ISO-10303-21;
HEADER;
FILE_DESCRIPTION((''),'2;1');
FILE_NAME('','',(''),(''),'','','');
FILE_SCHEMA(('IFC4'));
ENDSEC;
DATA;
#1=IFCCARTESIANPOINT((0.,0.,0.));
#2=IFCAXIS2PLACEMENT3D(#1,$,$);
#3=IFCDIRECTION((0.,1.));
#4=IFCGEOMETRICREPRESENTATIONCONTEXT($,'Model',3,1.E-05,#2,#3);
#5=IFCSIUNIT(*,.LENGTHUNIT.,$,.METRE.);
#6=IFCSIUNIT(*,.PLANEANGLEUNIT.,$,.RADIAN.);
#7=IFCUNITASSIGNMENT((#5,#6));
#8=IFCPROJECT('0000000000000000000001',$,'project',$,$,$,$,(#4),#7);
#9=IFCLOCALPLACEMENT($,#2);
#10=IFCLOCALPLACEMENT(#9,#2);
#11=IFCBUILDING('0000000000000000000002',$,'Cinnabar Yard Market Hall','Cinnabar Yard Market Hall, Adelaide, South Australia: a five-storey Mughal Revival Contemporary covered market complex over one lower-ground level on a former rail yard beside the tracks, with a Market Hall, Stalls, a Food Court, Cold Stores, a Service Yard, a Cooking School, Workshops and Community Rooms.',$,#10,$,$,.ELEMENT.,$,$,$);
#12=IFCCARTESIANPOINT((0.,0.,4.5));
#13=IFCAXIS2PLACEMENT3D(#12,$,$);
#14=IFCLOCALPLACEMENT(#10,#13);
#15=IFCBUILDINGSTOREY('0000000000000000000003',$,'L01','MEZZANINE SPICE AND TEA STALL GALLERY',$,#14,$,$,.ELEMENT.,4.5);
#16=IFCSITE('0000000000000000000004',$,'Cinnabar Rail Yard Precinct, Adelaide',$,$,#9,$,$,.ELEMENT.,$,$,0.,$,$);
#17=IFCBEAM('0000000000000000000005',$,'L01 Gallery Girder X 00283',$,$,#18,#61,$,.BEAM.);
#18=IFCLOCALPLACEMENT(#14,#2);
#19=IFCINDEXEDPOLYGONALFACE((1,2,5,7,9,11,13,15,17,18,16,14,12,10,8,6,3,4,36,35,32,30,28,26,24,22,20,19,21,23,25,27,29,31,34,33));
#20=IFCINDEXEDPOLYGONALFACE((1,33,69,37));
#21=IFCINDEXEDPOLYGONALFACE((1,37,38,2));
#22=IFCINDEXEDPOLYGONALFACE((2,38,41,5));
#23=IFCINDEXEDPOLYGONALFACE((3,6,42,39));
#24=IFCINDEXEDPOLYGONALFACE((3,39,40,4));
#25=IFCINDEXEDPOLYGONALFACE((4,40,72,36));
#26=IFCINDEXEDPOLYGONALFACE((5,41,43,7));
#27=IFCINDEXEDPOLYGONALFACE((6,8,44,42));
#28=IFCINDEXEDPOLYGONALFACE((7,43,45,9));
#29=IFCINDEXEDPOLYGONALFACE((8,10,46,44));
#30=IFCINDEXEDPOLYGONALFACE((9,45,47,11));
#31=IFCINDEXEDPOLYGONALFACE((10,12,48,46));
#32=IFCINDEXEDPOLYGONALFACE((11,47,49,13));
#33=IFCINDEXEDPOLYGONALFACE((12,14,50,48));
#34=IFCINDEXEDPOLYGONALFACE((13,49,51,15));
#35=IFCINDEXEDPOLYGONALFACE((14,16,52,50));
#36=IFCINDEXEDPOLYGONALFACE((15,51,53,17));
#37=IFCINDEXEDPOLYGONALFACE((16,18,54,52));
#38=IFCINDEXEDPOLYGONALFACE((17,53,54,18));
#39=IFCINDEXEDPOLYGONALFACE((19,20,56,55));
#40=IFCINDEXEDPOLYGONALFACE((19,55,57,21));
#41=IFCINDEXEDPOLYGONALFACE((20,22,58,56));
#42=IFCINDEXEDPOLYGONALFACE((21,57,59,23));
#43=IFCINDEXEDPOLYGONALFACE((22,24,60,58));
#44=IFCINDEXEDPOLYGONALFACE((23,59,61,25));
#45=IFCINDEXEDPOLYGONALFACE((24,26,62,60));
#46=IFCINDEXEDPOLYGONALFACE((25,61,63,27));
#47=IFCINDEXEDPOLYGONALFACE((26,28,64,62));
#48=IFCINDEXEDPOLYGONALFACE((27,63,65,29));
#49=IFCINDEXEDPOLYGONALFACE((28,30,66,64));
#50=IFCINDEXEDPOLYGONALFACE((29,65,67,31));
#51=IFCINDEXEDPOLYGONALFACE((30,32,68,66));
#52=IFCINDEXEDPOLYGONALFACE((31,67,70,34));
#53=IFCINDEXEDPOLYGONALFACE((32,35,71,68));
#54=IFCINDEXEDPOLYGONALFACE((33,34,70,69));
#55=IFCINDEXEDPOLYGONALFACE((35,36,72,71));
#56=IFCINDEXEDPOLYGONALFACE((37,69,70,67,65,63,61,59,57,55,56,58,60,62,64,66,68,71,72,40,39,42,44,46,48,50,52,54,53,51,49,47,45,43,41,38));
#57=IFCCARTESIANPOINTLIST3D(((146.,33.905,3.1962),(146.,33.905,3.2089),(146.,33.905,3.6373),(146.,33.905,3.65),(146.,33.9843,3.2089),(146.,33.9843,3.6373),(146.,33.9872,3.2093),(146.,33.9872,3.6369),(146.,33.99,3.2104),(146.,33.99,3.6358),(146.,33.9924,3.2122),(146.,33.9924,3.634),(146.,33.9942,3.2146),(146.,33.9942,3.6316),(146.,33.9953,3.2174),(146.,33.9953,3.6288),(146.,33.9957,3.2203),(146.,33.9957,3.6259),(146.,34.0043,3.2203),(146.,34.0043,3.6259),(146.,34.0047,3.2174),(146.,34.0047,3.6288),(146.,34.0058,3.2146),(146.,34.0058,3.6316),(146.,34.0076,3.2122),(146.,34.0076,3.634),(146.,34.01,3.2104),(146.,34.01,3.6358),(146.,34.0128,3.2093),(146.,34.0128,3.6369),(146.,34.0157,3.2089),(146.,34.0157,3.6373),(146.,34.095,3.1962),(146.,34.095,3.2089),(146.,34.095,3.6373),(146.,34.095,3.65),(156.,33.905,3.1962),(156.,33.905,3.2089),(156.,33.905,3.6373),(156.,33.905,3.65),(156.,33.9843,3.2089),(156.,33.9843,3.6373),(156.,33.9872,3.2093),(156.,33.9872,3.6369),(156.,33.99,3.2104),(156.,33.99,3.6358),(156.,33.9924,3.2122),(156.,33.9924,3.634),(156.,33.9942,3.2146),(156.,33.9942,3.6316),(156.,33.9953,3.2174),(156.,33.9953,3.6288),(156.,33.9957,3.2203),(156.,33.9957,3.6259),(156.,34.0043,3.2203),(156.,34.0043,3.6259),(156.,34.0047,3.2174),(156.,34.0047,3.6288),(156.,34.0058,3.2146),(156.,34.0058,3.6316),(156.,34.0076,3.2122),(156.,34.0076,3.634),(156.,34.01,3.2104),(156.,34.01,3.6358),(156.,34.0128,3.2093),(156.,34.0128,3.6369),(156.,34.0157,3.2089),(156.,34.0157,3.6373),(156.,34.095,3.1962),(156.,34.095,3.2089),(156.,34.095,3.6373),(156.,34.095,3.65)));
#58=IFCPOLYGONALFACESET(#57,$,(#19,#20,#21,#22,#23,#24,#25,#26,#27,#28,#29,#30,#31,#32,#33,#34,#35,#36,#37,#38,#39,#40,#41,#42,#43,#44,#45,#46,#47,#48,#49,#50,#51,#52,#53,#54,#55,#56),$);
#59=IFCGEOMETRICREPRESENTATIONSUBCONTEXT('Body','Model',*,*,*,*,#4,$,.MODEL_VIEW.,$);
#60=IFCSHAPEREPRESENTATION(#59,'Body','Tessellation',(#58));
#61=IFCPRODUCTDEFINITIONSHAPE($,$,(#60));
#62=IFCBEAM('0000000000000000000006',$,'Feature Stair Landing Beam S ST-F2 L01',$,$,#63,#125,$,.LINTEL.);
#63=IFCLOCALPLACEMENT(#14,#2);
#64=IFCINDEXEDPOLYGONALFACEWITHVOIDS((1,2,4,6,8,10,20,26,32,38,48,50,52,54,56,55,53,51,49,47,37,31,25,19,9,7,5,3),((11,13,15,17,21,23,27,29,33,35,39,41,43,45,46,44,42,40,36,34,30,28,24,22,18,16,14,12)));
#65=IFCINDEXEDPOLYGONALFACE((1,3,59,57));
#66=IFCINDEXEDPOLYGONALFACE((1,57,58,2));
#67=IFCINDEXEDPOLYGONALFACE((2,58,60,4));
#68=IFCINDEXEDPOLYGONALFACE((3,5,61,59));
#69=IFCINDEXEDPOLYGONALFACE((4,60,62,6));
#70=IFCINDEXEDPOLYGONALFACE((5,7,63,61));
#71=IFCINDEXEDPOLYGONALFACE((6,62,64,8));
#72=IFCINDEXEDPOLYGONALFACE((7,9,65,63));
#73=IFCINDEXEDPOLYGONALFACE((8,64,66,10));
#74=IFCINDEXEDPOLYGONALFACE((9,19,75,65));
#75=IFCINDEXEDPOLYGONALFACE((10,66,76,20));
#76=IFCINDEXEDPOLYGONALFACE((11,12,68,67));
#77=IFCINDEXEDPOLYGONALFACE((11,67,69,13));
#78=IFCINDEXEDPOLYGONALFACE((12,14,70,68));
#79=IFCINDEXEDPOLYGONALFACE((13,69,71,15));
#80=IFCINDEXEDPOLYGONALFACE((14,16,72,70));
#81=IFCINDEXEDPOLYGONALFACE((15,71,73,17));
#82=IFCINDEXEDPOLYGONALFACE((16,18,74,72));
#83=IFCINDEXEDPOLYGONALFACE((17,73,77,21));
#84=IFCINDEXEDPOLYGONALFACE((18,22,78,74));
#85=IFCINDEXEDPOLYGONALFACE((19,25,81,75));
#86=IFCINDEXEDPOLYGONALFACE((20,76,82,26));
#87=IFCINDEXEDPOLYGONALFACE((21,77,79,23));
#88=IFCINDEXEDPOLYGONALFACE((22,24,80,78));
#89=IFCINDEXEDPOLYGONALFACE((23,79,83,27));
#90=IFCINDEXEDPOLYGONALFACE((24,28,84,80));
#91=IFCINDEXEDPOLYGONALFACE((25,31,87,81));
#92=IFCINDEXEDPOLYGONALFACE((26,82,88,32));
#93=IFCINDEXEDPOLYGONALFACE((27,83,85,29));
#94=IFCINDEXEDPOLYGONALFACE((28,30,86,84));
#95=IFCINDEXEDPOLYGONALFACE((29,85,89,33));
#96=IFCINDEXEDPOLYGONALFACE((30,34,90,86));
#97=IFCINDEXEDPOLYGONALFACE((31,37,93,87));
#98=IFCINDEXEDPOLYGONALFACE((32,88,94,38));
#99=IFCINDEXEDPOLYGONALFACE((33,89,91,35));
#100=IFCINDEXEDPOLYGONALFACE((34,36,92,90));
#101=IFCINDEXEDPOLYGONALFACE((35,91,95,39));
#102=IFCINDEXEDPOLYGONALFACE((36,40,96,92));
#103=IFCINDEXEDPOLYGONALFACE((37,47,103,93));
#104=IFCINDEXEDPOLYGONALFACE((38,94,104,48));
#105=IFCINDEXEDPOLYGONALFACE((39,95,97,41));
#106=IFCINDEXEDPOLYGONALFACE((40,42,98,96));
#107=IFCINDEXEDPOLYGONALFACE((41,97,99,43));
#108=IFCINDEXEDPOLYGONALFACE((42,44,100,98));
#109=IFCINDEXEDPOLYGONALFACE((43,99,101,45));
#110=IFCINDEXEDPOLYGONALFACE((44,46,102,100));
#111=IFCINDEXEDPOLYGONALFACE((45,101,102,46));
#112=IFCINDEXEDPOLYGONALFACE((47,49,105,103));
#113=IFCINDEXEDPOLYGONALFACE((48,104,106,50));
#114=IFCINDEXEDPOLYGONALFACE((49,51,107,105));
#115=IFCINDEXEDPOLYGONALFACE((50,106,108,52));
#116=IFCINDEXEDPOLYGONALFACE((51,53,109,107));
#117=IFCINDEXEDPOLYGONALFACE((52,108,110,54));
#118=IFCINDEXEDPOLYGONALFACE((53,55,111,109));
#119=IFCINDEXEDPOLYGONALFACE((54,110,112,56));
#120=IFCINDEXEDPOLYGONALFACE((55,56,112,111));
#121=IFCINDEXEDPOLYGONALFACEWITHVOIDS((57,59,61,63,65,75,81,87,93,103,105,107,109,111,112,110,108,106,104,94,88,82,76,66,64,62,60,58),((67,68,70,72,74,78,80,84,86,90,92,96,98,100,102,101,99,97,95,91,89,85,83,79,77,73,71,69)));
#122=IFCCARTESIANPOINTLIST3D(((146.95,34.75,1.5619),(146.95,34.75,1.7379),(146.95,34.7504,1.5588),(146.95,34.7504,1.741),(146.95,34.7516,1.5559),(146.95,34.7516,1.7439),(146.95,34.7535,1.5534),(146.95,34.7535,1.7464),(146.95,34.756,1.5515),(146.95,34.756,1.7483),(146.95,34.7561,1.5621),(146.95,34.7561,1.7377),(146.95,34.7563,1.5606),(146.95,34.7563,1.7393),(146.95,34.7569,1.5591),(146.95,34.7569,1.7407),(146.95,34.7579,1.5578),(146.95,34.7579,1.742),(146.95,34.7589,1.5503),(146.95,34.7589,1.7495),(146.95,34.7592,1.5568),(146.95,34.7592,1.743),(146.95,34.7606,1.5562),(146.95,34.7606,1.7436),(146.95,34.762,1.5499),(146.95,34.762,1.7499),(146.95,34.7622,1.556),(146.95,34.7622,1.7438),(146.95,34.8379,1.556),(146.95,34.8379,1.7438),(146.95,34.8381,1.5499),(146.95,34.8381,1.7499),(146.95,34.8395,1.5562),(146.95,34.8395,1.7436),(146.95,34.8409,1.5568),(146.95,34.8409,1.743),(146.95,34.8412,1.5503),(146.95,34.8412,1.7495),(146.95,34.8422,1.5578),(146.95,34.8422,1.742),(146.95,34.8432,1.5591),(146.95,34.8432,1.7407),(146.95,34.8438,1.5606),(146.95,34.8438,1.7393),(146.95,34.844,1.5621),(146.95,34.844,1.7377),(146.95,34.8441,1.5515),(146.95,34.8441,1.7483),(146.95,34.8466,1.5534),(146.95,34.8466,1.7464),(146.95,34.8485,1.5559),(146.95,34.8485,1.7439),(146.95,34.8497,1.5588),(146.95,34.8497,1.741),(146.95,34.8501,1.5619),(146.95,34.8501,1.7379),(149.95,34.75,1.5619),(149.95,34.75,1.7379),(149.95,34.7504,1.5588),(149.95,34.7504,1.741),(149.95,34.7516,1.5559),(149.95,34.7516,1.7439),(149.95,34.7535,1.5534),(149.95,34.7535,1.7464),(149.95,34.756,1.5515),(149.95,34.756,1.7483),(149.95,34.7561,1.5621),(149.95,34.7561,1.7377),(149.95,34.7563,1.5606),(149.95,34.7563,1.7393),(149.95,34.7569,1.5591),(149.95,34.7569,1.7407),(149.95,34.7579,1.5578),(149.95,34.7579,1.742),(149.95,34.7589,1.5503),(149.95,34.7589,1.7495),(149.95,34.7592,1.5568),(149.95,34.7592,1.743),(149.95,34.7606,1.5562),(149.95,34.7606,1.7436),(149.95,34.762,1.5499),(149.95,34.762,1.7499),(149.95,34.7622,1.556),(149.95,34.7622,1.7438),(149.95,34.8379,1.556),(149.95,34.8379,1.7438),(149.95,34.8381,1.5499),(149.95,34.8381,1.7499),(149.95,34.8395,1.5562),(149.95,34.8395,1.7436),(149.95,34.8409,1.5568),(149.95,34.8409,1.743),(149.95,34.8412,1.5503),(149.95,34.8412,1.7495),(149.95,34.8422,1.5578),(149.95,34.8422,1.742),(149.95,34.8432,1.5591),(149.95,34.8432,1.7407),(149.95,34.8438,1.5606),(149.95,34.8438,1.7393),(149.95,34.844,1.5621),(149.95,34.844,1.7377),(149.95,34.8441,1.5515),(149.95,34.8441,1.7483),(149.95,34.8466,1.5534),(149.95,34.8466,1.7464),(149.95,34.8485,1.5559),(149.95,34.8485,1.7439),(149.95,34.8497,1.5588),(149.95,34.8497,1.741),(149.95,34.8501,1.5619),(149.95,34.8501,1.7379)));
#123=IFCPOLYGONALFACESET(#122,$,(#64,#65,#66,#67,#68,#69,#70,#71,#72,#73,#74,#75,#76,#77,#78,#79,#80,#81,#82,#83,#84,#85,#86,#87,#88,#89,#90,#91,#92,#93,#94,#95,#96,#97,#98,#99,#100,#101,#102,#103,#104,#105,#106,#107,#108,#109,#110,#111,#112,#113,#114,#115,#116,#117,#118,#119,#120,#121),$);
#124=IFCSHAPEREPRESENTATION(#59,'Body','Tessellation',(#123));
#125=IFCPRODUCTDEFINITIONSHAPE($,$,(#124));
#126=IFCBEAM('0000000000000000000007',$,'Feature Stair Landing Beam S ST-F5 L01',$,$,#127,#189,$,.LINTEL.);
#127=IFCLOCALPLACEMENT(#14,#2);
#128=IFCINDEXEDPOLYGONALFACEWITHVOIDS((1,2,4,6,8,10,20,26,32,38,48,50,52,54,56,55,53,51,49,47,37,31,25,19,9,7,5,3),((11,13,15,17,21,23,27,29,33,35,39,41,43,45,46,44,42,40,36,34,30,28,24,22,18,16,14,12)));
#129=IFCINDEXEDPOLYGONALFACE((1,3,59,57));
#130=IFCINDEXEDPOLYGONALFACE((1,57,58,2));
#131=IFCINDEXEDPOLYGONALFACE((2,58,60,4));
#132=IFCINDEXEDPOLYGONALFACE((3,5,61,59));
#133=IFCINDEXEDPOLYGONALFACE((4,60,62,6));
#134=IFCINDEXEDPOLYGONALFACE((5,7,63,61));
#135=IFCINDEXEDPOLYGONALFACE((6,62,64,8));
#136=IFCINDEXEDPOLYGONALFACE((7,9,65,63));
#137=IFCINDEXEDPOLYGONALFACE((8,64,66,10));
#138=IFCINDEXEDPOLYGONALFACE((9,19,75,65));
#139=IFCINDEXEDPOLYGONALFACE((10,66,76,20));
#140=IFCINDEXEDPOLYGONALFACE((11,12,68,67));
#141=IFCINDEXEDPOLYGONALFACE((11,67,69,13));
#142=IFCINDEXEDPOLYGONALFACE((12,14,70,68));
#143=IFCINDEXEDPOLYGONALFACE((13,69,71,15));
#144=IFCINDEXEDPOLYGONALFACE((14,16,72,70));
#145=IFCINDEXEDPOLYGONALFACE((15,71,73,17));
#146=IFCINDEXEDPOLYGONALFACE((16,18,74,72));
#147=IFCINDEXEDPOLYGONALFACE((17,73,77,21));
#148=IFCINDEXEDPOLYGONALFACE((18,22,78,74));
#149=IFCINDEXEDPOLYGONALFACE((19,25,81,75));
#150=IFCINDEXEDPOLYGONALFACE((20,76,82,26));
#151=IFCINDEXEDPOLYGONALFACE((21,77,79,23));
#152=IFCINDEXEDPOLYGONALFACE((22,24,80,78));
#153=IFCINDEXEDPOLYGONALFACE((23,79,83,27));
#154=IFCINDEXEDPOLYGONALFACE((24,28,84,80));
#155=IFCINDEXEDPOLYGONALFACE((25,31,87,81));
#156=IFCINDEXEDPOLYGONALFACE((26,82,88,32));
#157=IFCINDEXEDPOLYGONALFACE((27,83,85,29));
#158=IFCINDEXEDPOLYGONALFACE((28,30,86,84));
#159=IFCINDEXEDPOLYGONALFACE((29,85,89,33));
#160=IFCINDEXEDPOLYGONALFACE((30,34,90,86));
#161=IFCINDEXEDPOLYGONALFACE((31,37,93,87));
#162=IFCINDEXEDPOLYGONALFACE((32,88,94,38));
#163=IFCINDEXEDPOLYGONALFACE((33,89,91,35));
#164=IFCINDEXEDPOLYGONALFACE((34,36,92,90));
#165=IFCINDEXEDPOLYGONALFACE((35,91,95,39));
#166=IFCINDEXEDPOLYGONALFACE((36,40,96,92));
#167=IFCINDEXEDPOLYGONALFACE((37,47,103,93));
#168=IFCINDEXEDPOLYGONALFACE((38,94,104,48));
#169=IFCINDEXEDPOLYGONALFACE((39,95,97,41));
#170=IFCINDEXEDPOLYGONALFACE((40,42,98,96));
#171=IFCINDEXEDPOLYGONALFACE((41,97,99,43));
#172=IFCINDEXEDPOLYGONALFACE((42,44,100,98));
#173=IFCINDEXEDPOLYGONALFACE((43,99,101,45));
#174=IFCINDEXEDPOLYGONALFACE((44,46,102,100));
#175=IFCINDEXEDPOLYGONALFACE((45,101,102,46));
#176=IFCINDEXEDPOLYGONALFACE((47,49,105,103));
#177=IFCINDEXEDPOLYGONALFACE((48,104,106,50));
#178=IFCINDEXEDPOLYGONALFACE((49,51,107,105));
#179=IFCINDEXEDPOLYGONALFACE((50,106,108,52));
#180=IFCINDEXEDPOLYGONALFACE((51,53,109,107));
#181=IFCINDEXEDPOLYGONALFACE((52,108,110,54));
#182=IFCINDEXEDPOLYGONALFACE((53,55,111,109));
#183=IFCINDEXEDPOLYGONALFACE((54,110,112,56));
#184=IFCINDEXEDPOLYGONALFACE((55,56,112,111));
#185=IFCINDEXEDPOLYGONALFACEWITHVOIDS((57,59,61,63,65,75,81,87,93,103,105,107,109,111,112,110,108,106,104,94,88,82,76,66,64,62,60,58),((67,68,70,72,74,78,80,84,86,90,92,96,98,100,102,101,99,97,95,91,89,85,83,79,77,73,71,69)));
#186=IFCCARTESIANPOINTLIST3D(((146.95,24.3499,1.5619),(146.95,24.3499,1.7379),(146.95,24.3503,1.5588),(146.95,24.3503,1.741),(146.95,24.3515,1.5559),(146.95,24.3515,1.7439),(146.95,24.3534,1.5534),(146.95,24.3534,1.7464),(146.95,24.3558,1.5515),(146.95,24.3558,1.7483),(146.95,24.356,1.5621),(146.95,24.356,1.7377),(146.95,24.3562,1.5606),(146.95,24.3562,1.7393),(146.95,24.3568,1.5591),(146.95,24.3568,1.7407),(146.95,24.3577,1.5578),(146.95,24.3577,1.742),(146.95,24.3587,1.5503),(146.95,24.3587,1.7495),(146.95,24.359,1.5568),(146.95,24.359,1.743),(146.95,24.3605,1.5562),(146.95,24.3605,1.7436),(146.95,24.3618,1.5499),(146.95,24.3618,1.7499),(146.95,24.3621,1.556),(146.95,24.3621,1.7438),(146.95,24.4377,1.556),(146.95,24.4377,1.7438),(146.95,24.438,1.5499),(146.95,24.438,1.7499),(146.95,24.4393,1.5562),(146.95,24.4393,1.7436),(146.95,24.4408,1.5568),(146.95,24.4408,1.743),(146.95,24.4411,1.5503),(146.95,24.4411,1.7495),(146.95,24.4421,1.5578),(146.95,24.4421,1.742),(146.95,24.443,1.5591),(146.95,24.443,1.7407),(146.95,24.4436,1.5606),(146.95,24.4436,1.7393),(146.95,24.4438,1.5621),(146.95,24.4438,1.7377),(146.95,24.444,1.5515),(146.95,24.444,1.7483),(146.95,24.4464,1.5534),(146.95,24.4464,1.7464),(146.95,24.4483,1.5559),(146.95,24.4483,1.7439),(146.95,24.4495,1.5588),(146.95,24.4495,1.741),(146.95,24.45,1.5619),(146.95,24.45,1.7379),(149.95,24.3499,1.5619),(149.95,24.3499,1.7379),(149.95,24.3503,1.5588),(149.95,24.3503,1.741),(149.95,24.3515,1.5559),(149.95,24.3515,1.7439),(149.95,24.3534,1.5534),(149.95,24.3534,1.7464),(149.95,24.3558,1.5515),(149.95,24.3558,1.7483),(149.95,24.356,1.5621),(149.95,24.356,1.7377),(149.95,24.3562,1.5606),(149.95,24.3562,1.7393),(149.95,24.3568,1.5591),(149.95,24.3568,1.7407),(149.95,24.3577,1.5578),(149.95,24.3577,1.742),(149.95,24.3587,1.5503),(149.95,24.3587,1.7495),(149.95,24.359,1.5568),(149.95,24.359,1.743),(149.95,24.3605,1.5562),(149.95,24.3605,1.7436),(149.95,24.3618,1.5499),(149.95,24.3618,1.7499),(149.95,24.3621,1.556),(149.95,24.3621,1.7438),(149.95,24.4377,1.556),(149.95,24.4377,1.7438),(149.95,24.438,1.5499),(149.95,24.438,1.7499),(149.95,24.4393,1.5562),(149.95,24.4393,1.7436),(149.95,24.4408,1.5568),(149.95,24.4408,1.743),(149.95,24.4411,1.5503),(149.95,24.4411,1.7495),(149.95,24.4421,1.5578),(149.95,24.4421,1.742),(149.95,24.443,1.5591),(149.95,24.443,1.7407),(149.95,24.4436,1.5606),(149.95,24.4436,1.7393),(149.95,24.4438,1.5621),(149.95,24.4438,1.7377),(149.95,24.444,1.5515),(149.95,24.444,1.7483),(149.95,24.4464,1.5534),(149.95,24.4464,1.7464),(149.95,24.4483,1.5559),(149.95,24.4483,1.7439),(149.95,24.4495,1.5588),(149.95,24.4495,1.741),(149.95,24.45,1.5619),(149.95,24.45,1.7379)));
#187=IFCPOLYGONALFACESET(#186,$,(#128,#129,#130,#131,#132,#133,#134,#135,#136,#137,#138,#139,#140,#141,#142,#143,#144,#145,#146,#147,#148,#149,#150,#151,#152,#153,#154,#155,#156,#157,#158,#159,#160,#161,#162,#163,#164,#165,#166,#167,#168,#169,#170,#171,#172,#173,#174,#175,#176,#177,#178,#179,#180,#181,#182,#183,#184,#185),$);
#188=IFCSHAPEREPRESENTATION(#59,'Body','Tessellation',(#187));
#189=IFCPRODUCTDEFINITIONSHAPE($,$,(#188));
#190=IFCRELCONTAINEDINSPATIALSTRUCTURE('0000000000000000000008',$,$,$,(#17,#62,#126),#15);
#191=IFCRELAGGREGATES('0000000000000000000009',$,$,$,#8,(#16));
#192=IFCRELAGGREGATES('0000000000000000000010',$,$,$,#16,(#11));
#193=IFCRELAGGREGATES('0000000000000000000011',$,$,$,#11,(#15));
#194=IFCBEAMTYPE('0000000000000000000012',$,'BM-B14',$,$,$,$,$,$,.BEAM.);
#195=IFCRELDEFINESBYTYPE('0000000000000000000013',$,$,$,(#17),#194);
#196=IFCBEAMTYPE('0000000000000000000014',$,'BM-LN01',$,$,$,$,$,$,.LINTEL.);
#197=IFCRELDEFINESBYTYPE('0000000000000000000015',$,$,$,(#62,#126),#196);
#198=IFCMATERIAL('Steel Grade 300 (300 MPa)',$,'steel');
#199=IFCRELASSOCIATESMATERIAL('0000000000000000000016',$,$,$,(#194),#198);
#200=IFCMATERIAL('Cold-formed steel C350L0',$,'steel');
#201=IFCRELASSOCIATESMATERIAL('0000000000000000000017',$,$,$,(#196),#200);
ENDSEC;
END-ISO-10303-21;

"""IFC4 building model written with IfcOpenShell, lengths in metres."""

from ifc_helpers import new_model, si_unit, direction, frame, origin, origin_2d_with_axis, place, context, subcontext, project, spatial, hollow_rectangle, i_section, extrude, material, material_profile, profile_set, type_object, element, save


model = new_model("IFC4")

# Units and contexts
model_context = context("Model", 3, precision=1e-05, world=origin(), true_north=direction((0.0, 1.0)))
body_context = subcontext(model_context, "Body", "Model", "MODEL_VIEW")
ifc_project = project(units=[si_unit("LENGTHUNIT", "METRE"), si_unit("PLANEANGLEUNIT", "RADIAN")], contexts=[model_context])

# Site, building, storey
site_placement = place(None, origin())
site = spatial("IfcSite", under=ifc_project, at=site_placement, Name="Cinnabar Rail Yard Precinct, Adelaide", CompositionType="ELEMENT", RefElevation=0.0)
building_placement = place(site_placement, origin())
building = spatial("IfcBuilding", under=site, at=building_placement, Name="Cinnabar Yard Market Hall", Description="Cinnabar Yard Market Hall, Adelaide, South Australia: a five-storey Mughal Revival Contemporary covered market complex over one lower-ground level on a former rail yard beside the tracks, with a Market Hall, Stalls, a Food Court, Cold Stores, a Service Yard, a Cooking School, Workshops and Community Rooms.", CompositionType="ELEMENT")
storey_placement = place(building_placement, frame((0.0, 0.0, 4.5)))
storey = spatial("IfcBuildingStorey", under=building, at=storey_placement, Name="L01", Description="MEZZANINE SPICE AND TEA STALL GALLERY", CompositionType="ELEMENT", Elevation=4.5)

# Shared definitions
ifc_material_1 = material(Name="Cold-formed steel C350L0", Category="steel")

# Beams
ifc_material_2 = material(Name="Steel Grade 300 (300 MPa)", Category="steel")
ifc_material_profile_1 = material_profile(ifc_material_2, i_section(OverallWidth=0.1899, OverallDepth=0.4539, WebThickness=0.0085, FlangeThickness=0.0127, FilletRadius=0.0115, at=origin_2d_with_axis()), Name="460UB67.1")
ifc_profile_set_1 = profile_set([ifc_material_profile_1], Name="Steel Grade 300 (300 MPa)")
beam_type_1 = type_object("IfcBeamType", Name="BM-B14", PredefinedType="BEAM", material=ifc_profile_set_1)
beam_1_placement = place(storey_placement, frame((146.0, 34.0, 3.4231), z_axis=(1.0, 0.0, 0.0), x_axis=(0.0, 1.0, 0.0)))
element("IfcBeam", 1, at=beam_1_placement, inside=storey, type_object=beam_type_1, Name="L01 Gallery Girder X 00283", PredefinedType="BEAM", context=body_context, shape_type="SweptSolid", body=[
    extrude(i_section(OverallWidth=0.1899, OverallDepth=0.4539, WebThickness=0.0085, FlangeThickness=0.0127, FilletRadius=0.0115, at=origin_2d_with_axis()), origin(), (0.0, 0.0, 1.0), 10.0),
])
ifc_material_profile_2 = material_profile(ifc_material_1, hollow_rectangle(XDim=0.1001, YDim=0.2, WallThickness=0.0061, InnerFilletRadius=0.0061, OuterFilletRadius=0.012, at=origin_2d_with_axis()), Name="200x100x6.0RHS")
ifc_profile_set_2 = profile_set([ifc_material_profile_2], Name="Cold-formed steel C350L0")
beam_type_2 = type_object("IfcBeamType", Name="BM-LN01", PredefinedType="LINTEL", material=ifc_profile_set_2)
for number, where, z_axis, x_axis, name in (
    (2, (146.95, 34.8, 1.6499), (1.0, 0.0, 0.0), (0.0, 1.0, 0.0), "Feature Stair Landing Beam S ST-F2 L01"),
    (3, (146.95, 24.3999, 1.6499), (1.0, 0.0, 0.0), (0.0, 1.0, 0.0), "Feature Stair Landing Beam S ST-F5 L01"),
):
    element("IfcBeam", number, at=place(storey_placement, frame(where, z_axis=z_axis, x_axis=x_axis)), inside=storey, type_object=beam_type_2, Name=name, PredefinedType="LINTEL", context=body_context, shape_type="SweptSolid", body=[
        extrude(hollow_rectangle(XDim=0.1001, YDim=0.2, WallThickness=0.0061, InnerFilletRadius=0.0061, OuterFilletRadius=0.012, at=origin_2d_with_axis()), origin(), (0.0, 0.0, 1.0), 3.0),
    ])

save(model, "model.ifc")
